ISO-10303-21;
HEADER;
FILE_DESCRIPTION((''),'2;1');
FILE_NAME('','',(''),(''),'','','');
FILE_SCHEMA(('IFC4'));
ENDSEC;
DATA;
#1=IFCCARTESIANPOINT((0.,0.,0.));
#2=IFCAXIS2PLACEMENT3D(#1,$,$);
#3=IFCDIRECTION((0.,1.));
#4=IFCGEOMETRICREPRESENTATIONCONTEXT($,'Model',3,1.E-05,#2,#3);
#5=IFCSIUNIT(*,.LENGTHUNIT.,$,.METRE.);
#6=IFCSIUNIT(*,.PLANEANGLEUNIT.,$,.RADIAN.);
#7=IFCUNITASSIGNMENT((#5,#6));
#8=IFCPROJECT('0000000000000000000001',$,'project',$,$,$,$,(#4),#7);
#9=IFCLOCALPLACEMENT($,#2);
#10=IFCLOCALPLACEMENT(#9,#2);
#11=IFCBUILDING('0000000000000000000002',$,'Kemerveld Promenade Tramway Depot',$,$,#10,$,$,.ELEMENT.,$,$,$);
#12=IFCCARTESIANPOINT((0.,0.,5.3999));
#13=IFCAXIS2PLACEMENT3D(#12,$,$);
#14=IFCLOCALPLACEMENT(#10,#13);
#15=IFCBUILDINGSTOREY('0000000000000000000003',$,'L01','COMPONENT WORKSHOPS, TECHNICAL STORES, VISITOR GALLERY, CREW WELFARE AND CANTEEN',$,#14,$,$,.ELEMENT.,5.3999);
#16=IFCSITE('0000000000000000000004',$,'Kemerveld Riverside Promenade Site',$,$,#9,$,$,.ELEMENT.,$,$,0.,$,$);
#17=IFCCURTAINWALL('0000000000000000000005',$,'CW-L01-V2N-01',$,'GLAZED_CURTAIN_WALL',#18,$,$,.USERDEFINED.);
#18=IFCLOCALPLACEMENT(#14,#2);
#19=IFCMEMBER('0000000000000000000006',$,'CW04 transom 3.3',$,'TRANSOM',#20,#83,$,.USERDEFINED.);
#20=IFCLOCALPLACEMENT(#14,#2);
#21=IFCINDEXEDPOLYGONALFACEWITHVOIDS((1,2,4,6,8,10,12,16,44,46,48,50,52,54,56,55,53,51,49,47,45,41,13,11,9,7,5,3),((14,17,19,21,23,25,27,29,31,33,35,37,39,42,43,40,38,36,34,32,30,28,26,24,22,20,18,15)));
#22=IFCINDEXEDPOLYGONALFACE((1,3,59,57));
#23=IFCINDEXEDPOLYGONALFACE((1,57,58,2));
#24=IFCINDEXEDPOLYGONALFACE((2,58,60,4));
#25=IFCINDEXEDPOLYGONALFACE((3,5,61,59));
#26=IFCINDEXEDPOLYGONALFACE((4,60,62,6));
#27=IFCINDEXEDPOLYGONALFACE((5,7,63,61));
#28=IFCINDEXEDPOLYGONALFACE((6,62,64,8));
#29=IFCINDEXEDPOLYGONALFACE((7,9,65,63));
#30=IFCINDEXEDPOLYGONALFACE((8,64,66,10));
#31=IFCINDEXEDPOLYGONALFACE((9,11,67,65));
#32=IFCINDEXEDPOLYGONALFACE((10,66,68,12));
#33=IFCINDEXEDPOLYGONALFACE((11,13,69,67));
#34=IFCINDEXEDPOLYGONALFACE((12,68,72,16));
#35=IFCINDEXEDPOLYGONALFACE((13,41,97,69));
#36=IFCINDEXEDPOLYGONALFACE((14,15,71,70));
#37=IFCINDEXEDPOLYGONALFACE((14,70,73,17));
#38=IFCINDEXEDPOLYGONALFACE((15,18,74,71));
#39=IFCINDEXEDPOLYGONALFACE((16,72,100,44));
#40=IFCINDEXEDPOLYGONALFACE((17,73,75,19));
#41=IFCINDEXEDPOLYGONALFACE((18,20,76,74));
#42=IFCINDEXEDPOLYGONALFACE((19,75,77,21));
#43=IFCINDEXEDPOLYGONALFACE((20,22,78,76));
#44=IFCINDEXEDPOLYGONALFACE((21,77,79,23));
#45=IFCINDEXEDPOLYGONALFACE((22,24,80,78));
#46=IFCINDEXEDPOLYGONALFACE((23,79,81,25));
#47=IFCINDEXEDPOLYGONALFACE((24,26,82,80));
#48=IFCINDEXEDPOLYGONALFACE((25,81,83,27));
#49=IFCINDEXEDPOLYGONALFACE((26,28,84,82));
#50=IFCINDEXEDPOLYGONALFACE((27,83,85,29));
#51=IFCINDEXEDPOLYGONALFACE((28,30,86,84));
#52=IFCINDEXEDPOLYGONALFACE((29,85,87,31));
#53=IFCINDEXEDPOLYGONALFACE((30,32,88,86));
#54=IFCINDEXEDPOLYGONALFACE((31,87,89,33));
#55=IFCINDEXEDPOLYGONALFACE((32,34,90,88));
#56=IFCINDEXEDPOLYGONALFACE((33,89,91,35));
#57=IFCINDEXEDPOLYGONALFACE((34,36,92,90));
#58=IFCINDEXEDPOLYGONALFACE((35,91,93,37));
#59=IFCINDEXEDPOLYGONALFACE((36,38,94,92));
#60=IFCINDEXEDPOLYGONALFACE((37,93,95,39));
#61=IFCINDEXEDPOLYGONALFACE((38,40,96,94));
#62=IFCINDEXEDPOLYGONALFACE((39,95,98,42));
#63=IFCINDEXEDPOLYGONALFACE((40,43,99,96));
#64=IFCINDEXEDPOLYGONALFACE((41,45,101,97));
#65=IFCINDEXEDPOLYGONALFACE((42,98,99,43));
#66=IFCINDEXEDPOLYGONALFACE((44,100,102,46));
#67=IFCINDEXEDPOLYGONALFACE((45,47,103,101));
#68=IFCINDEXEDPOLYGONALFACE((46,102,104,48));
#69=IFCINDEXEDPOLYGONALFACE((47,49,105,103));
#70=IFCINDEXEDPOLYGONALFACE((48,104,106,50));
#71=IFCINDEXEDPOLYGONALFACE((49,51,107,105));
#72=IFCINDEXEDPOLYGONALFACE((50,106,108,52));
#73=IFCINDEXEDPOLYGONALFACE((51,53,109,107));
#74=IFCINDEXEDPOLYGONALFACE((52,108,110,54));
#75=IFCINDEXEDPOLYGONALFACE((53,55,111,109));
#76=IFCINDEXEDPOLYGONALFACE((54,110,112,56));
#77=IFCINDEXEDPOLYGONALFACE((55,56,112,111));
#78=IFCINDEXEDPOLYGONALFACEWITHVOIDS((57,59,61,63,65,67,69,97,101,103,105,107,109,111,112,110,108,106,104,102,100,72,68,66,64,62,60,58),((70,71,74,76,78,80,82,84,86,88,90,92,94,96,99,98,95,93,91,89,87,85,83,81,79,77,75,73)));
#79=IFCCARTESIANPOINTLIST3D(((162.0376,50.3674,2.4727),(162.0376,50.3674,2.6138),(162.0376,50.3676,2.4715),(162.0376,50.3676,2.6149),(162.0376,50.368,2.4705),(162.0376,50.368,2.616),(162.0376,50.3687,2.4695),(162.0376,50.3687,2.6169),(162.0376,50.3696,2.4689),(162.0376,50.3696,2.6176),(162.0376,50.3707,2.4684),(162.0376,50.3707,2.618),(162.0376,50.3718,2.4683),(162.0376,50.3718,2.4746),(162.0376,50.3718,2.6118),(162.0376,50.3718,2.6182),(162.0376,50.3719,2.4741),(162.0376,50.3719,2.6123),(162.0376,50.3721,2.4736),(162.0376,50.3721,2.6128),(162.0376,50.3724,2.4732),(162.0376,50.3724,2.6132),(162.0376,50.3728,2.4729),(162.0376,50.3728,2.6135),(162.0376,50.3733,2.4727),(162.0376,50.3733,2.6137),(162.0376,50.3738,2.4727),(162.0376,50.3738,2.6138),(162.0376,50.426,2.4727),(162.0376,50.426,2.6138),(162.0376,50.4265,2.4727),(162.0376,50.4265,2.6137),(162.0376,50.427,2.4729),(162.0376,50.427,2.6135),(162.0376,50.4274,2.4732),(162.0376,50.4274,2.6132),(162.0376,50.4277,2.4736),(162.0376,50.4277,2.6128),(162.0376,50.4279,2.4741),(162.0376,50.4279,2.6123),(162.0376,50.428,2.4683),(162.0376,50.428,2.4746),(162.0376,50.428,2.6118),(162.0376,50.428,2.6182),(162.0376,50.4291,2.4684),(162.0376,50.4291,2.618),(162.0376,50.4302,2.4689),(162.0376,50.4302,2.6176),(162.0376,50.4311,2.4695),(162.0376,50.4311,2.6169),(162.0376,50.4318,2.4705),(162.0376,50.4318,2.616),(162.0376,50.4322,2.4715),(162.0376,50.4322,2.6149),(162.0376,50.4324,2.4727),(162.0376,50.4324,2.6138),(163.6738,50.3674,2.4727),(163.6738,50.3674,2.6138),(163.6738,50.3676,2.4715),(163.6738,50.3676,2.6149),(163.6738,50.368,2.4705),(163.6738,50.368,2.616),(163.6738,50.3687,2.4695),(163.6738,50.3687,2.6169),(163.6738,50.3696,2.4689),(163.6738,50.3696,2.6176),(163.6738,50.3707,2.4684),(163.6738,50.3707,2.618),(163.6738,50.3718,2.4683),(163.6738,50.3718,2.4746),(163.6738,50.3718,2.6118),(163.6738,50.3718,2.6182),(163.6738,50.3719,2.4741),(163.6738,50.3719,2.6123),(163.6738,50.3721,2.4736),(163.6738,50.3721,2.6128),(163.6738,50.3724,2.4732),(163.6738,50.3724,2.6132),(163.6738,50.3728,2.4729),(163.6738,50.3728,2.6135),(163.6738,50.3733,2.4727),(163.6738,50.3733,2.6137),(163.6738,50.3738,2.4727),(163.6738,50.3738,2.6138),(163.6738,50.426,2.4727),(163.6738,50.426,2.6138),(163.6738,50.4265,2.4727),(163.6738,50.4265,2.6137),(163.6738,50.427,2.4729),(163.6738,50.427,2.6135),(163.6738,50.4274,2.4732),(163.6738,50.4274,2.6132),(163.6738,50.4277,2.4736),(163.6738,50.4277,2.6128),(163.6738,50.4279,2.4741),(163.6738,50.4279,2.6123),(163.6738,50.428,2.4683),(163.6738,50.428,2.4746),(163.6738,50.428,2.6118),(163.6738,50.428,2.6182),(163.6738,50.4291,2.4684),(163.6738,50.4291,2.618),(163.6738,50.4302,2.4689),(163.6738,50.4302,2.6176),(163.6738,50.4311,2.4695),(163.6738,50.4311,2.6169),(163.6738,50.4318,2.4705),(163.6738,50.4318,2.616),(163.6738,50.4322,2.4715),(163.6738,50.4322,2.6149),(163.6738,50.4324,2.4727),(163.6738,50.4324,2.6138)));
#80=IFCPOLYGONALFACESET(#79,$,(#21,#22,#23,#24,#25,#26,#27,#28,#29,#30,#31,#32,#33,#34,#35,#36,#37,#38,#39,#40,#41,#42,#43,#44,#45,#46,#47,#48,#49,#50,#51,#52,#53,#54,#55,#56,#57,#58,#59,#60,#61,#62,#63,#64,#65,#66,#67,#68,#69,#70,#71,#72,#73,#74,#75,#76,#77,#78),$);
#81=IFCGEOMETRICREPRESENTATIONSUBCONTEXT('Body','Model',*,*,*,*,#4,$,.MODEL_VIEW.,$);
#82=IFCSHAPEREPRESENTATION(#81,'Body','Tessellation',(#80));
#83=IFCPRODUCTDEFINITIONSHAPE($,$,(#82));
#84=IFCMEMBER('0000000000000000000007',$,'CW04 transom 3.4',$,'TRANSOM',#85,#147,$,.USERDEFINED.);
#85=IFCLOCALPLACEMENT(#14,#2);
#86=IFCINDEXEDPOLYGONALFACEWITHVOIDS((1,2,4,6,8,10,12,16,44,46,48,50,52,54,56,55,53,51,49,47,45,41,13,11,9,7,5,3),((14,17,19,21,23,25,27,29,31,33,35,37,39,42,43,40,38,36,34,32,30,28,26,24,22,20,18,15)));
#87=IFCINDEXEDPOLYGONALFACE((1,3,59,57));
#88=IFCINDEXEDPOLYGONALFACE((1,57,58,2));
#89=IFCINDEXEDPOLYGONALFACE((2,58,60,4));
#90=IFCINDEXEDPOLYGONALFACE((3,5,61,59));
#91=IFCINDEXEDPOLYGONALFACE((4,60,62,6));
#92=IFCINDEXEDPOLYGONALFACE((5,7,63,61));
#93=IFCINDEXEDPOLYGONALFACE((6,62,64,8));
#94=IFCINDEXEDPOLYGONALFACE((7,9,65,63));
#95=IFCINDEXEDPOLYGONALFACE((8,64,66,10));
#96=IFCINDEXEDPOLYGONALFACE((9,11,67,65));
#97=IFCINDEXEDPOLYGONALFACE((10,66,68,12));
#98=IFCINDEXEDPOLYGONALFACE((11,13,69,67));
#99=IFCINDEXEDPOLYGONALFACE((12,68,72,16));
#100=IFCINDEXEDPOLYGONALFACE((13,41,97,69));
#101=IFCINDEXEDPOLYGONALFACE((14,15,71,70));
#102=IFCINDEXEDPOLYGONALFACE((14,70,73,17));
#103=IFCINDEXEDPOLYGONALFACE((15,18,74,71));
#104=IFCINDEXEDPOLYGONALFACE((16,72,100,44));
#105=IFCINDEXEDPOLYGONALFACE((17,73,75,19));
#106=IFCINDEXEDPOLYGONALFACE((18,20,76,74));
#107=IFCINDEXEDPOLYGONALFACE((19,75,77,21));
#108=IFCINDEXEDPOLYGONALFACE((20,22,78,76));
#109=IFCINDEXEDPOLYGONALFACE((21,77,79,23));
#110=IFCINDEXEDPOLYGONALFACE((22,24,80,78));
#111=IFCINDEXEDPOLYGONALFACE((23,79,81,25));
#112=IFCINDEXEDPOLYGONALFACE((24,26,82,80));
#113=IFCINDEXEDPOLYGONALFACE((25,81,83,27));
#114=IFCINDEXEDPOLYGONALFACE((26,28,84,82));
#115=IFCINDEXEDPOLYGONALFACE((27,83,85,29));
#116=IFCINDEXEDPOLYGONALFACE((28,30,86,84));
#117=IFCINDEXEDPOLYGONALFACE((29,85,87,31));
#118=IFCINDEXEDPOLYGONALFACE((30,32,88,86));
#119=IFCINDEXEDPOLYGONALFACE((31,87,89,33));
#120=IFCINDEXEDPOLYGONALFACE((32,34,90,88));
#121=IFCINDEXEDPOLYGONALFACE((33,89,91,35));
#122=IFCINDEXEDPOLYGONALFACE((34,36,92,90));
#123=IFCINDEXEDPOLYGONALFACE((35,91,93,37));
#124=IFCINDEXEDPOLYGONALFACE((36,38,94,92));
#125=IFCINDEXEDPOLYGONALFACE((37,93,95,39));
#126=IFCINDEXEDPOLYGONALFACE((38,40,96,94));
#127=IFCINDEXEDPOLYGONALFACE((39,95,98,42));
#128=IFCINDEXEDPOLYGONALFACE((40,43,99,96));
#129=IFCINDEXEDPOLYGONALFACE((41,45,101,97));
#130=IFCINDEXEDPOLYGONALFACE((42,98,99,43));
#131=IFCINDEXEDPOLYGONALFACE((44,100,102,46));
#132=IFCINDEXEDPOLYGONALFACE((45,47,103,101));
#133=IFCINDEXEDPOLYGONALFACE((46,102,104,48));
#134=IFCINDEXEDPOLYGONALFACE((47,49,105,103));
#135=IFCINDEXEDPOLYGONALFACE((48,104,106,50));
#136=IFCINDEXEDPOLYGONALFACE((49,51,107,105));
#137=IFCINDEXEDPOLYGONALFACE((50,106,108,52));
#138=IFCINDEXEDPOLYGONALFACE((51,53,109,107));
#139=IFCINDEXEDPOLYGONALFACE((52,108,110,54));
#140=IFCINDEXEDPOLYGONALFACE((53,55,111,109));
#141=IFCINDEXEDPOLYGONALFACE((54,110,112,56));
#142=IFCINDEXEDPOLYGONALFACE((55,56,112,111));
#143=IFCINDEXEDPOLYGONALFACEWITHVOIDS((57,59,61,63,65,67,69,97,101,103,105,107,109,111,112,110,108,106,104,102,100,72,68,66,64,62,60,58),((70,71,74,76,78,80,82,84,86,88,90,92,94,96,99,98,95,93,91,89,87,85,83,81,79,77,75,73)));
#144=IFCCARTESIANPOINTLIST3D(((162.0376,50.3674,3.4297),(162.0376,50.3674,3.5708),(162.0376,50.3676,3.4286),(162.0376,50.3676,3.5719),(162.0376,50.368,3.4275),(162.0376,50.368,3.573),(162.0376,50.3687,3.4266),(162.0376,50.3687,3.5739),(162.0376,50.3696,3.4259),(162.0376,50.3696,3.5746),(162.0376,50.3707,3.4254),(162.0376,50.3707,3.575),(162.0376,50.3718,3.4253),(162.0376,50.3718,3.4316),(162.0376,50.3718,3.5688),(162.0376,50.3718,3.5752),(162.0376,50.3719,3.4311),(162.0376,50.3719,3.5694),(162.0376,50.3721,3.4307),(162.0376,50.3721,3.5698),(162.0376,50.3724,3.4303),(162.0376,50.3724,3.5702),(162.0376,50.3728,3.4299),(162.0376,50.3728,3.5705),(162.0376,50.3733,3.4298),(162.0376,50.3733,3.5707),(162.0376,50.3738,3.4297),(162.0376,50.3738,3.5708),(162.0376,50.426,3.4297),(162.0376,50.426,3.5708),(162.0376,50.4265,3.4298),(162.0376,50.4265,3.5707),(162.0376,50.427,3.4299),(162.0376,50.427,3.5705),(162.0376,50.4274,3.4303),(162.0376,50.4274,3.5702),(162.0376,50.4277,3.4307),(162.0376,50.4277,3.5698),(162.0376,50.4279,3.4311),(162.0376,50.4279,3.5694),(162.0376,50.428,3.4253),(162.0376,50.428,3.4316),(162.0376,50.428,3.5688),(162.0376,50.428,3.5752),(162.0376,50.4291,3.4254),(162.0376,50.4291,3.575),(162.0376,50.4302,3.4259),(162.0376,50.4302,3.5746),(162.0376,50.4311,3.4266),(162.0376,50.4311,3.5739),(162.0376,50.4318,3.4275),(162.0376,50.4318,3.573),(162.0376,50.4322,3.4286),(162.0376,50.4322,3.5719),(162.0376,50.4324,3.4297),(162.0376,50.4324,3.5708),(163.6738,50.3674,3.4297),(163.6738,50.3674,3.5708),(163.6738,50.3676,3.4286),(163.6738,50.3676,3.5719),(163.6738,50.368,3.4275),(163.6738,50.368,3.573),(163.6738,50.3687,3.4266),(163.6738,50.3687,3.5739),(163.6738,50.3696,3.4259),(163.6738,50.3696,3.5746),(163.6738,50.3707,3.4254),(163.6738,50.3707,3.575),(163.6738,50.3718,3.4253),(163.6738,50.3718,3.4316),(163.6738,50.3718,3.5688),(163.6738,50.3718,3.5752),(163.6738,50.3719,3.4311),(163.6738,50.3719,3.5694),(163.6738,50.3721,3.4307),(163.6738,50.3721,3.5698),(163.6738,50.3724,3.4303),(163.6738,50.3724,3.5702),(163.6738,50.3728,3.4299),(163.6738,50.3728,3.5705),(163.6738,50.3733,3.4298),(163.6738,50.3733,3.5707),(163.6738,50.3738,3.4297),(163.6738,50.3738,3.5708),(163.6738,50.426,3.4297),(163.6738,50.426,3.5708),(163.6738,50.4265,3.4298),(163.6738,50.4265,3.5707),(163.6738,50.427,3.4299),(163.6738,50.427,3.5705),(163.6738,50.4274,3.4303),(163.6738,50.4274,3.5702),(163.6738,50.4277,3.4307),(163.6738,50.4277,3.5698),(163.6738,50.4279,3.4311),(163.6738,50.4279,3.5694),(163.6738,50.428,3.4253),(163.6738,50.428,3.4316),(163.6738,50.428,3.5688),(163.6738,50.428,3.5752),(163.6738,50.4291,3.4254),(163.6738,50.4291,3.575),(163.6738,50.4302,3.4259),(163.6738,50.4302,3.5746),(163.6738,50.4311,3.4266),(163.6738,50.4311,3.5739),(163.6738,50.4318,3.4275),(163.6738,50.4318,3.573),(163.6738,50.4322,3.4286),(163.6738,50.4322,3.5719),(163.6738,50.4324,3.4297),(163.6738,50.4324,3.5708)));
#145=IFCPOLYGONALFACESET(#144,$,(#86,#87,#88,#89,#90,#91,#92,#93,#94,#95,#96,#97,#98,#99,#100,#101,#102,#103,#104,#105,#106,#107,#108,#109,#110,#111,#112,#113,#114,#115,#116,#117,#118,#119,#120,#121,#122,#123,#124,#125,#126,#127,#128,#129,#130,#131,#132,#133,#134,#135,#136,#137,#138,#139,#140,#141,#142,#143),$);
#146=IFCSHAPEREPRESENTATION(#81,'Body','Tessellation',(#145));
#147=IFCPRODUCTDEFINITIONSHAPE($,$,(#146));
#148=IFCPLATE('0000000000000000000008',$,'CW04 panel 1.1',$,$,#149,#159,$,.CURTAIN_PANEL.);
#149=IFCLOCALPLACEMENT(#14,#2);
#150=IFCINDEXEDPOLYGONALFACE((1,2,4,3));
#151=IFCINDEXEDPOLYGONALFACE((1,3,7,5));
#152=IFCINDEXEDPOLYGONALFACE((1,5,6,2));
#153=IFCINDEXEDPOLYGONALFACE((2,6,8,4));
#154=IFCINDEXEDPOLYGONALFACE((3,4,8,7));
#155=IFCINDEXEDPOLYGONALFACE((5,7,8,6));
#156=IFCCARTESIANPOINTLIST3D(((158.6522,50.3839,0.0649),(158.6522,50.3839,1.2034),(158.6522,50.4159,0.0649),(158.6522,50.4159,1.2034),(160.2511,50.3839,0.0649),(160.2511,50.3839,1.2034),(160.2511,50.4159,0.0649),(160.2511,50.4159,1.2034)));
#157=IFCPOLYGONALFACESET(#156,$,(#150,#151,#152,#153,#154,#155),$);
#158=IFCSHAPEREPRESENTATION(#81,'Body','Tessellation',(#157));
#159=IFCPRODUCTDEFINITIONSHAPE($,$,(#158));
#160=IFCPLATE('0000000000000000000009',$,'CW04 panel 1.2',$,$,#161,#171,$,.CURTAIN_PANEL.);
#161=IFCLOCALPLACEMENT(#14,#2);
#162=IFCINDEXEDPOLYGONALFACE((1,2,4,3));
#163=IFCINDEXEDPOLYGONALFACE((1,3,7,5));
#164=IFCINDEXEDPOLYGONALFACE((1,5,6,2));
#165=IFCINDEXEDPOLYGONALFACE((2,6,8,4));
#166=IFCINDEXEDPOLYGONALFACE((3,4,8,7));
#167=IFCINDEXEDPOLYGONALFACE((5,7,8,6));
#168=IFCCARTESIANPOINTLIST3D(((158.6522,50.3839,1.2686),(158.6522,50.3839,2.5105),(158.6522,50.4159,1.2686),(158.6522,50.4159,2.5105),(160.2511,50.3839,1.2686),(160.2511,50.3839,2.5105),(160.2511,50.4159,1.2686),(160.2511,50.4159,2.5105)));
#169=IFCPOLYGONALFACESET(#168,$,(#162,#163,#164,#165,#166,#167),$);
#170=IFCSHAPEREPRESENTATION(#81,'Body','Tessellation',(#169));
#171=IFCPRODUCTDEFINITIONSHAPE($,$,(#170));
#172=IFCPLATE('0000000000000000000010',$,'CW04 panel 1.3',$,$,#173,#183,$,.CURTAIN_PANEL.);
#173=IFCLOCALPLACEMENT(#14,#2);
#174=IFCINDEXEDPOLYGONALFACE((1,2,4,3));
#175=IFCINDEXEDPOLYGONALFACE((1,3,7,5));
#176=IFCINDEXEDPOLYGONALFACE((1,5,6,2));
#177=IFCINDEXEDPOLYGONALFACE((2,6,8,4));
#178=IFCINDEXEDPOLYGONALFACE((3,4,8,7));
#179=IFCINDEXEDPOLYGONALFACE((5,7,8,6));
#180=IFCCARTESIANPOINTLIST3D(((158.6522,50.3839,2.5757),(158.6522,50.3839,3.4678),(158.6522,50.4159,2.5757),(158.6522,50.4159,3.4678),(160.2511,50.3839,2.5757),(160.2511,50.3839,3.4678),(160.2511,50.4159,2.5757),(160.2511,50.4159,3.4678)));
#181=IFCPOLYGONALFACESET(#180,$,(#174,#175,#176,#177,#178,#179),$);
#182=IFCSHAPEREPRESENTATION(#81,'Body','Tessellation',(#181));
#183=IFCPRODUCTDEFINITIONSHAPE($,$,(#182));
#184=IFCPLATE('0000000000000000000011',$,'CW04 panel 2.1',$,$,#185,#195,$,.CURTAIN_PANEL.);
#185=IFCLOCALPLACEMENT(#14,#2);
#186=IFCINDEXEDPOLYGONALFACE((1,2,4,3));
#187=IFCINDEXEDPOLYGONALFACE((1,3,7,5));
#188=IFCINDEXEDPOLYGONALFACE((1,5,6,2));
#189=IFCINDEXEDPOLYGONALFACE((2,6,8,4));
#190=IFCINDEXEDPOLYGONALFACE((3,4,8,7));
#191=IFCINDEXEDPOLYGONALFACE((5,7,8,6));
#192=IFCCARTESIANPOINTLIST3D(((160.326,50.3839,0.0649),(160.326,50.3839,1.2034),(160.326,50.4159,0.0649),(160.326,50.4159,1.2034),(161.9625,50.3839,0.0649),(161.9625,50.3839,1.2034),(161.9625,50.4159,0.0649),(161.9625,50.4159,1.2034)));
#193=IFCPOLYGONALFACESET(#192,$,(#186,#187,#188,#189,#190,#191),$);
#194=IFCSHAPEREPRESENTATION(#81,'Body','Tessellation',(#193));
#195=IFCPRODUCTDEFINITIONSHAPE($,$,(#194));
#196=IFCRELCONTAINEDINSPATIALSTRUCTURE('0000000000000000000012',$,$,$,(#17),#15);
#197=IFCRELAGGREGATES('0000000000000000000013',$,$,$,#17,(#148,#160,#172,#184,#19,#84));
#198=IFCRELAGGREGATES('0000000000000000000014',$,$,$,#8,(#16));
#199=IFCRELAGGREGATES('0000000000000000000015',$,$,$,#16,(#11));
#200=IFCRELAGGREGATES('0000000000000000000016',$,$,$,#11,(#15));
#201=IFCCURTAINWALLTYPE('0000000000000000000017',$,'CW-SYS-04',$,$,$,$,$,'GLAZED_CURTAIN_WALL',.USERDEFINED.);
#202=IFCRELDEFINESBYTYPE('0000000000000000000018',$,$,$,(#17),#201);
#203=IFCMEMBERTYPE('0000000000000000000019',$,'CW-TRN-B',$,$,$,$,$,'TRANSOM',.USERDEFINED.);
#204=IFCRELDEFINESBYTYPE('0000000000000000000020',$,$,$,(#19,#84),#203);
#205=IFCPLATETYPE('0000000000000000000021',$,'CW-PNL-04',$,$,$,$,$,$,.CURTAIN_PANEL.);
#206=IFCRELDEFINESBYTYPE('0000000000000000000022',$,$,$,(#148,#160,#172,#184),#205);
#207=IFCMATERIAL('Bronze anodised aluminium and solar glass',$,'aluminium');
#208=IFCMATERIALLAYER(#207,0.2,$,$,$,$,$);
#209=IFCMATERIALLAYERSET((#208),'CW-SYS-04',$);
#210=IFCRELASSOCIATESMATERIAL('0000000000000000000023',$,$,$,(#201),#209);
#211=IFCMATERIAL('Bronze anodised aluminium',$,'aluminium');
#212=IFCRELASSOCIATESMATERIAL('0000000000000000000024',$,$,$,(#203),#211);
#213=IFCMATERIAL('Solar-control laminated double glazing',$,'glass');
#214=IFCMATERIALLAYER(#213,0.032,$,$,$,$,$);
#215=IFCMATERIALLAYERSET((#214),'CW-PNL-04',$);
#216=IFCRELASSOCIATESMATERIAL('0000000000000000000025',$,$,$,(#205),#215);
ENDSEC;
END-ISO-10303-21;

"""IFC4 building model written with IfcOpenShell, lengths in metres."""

from ifc_helpers import new_model, si_unit, direction, frame, origin, origin_2d, place, context, subcontext, project, spatial, rectangle, hollow_rectangle, extrude, material, layer, layer_set, material_profile, profile_set, type_object, element, aggregate, save


model = new_model("IFC4")

# Units and contexts
model_context = context("Model", 3, precision=1e-05, world=origin(), true_north=direction((0.0, 1.0)))
body_context = subcontext(model_context, "Body", "Model", "MODEL_VIEW")
ifc_project = project(units=[si_unit("LENGTHUNIT", "METRE"), si_unit("PLANEANGLEUNIT", "RADIAN")], contexts=[model_context])

# Site, building, storey
site_placement = place(None, origin())
site = spatial("IfcSite", under=ifc_project, at=site_placement, Name="Kemerveld Riverside Promenade Site", CompositionType="ELEMENT", RefElevation=0.0)
building_placement = place(site_placement, origin())
building = spatial("IfcBuilding", under=site, at=building_placement, Name="Kemerveld Promenade Tramway Depot", CompositionType="ELEMENT")
storey_placement = place(building_placement, frame((0.0, 0.0, 5.3999)))
storey = spatial("IfcBuildingStorey", under=building, at=storey_placement, Name="L01", Description="COMPONENT WORKSHOPS, TECHNICAL STORES, VISITOR GALLERY, CREW WELFARE AND CANTEEN", CompositionType="ELEMENT", Elevation=5.3999)

# Curtain wall
ifc_material_1 = material(Name="Bronze anodised aluminium and solar glass", Category="aluminium")
ifc_layer_1 = layer(ifc_material_1, 0.2)
ifc_layer_set_1 = layer_set([ifc_layer_1], Name="CW-SYS-04")
curtain_wall_type_1 = type_object("IfcCurtainWallType", Name="CW-SYS-04", ElementType="GLAZED_CURTAIN_WALL", PredefinedType="USERDEFINED", material=ifc_layer_set_1)
curtain_wall_1_placement = place(storey_placement, origin())
curtain_wall_1 = element("IfcCurtainWall", 1, at=curtain_wall_1_placement, inside=storey, type_object=curtain_wall_type_1, Name="CW-L01-V2N-01", ObjectType="GLAZED_CURTAIN_WALL", PredefinedType="USERDEFINED")
ifc_material_2 = material(Name="Bronze anodised aluminium", Category="aluminium")

# Members
ifc_material_profile_1 = material_profile(ifc_material_2, hollow_rectangle(XDim=0.0649, YDim=0.1499, WallThickness=0.0044, InnerFilletRadius=0.002, OuterFilletRadius=0.0044, at=origin_2d()), Name="CW-TRN-150x65")
ifc_profile_set_1 = profile_set([ifc_material_profile_1], Name="Bronze anodised aluminium")
member_type_1 = type_object("IfcMemberType", Name="CW-TRN-B", ElementType="TRANSOM", PredefinedType="USERDEFINED", material=ifc_profile_set_1)
member_1_placement = place(storey_placement, frame((162.0376, 50.3999, 2.5432), z_axis=(1.0, 0.0, 0.0), x_axis=(0.0, 1.0, 0.0)))
member_1 = element("IfcMember", 2, at=member_1_placement, type_object=member_type_1, Name="CW04 transom 3.3", ObjectType="TRANSOM", PredefinedType="USERDEFINED", context=body_context, shape_type="SweptSolid", body=[
    extrude(hollow_rectangle(XDim=0.0649, YDim=0.1499, WallThickness=0.0044, InnerFilletRadius=0.002, OuterFilletRadius=0.0044, at=origin_2d()), origin(), (0.0, 0.0, 1.0), 1.6362),
])
member_2_placement = place(storey_placement, frame((162.0376, 50.3999, 3.5002), z_axis=(1.0, 0.0, 0.0), x_axis=(0.0, 1.0, 0.0)))
member_2 = element("IfcMember", 3, at=member_2_placement, type_object=member_type_1, Name="CW04 transom 3.4", ObjectType="TRANSOM", PredefinedType="USERDEFINED", context=body_context, shape_type="SweptSolid", body=[
    extrude(hollow_rectangle(XDim=0.0649, YDim=0.1499, WallThickness=0.0044, InnerFilletRadius=0.002, OuterFilletRadius=0.0044, at=origin_2d()), origin(), (0.0, 0.0, 1.0), 1.6362),
])

# Plates
ifc_material_3 = material(Name="Solar-control laminated double glazing", Category="glass")
ifc_layer_2 = layer(ifc_material_3, 0.032)
ifc_layer_set_2 = layer_set([ifc_layer_2], Name="CW-PNL-04")
plate_type_1 = type_object("IfcPlateType", Name="CW-PNL-04", PredefinedType="CURTAIN_PANEL", material=ifc_layer_set_2)
plate_1_placement = place(storey_placement, frame((159.4517, 50.3999, 0.0649), z_axis=(0.0, 0.0, 1.0), x_axis=(1.0, 0.0, 0.0)))
plate_1 = element("IfcPlate", 4, at=plate_1_placement, type_object=plate_type_1, Name="CW04 panel 1.1", PredefinedType="CURTAIN_PANEL", context=body_context, shape_type="SweptSolid", body=[
    extrude(rectangle(XDim=1.5989, YDim=0.032, at=origin_2d()), origin(), (0.0, 0.0, 1.0), 1.1384),
])
plate_2_placement = place(storey_placement, frame((159.4517, 50.3999, 1.2686), z_axis=(0.0, 0.0, 1.0), x_axis=(1.0, 0.0, 0.0)))
plate_2 = element("IfcPlate", 5, at=plate_2_placement, type_object=plate_type_1, Name="CW04 panel 1.2", PredefinedType="CURTAIN_PANEL", context=body_context, shape_type="SweptSolid", body=[
    extrude(rectangle(XDim=1.5989, YDim=0.032, at=origin_2d()), origin(), (0.0, 0.0, 1.0), 1.2419),
])
plate_3_placement = place(storey_placement, frame((159.4517, 50.3999, 2.5757), z_axis=(0.0, 0.0, 1.0), x_axis=(1.0, 0.0, 0.0)))
plate_3 = element("IfcPlate", 6, at=plate_3_placement, type_object=plate_type_1, Name="CW04 panel 1.3", PredefinedType="CURTAIN_PANEL", context=body_context, shape_type="SweptSolid", body=[
    extrude(rectangle(XDim=1.5989, YDim=0.032, at=origin_2d()), origin(), (0.0, 0.0, 1.0), 0.8921),
])
plate_4_placement = place(storey_placement, frame((161.1443, 50.3999, 0.0649), z_axis=(0.0, 0.0, 1.0), x_axis=(1.0, 0.0, 0.0)))
plate_4 = element("IfcPlate", 7, at=plate_4_placement, type_object=plate_type_1, Name="CW04 panel 2.1", PredefinedType="CURTAIN_PANEL", context=body_context, shape_type="SweptSolid", body=[
    extrude(rectangle(XDim=1.6365, YDim=0.032, at=origin_2d()), origin(), (0.0, 0.0, 1.0), 1.1384),
])
aggregate(curtain_wall_1, [plate_1, plate_2, plate_3, plate_4, member_1, member_2])

save(model, "model.ifc")
